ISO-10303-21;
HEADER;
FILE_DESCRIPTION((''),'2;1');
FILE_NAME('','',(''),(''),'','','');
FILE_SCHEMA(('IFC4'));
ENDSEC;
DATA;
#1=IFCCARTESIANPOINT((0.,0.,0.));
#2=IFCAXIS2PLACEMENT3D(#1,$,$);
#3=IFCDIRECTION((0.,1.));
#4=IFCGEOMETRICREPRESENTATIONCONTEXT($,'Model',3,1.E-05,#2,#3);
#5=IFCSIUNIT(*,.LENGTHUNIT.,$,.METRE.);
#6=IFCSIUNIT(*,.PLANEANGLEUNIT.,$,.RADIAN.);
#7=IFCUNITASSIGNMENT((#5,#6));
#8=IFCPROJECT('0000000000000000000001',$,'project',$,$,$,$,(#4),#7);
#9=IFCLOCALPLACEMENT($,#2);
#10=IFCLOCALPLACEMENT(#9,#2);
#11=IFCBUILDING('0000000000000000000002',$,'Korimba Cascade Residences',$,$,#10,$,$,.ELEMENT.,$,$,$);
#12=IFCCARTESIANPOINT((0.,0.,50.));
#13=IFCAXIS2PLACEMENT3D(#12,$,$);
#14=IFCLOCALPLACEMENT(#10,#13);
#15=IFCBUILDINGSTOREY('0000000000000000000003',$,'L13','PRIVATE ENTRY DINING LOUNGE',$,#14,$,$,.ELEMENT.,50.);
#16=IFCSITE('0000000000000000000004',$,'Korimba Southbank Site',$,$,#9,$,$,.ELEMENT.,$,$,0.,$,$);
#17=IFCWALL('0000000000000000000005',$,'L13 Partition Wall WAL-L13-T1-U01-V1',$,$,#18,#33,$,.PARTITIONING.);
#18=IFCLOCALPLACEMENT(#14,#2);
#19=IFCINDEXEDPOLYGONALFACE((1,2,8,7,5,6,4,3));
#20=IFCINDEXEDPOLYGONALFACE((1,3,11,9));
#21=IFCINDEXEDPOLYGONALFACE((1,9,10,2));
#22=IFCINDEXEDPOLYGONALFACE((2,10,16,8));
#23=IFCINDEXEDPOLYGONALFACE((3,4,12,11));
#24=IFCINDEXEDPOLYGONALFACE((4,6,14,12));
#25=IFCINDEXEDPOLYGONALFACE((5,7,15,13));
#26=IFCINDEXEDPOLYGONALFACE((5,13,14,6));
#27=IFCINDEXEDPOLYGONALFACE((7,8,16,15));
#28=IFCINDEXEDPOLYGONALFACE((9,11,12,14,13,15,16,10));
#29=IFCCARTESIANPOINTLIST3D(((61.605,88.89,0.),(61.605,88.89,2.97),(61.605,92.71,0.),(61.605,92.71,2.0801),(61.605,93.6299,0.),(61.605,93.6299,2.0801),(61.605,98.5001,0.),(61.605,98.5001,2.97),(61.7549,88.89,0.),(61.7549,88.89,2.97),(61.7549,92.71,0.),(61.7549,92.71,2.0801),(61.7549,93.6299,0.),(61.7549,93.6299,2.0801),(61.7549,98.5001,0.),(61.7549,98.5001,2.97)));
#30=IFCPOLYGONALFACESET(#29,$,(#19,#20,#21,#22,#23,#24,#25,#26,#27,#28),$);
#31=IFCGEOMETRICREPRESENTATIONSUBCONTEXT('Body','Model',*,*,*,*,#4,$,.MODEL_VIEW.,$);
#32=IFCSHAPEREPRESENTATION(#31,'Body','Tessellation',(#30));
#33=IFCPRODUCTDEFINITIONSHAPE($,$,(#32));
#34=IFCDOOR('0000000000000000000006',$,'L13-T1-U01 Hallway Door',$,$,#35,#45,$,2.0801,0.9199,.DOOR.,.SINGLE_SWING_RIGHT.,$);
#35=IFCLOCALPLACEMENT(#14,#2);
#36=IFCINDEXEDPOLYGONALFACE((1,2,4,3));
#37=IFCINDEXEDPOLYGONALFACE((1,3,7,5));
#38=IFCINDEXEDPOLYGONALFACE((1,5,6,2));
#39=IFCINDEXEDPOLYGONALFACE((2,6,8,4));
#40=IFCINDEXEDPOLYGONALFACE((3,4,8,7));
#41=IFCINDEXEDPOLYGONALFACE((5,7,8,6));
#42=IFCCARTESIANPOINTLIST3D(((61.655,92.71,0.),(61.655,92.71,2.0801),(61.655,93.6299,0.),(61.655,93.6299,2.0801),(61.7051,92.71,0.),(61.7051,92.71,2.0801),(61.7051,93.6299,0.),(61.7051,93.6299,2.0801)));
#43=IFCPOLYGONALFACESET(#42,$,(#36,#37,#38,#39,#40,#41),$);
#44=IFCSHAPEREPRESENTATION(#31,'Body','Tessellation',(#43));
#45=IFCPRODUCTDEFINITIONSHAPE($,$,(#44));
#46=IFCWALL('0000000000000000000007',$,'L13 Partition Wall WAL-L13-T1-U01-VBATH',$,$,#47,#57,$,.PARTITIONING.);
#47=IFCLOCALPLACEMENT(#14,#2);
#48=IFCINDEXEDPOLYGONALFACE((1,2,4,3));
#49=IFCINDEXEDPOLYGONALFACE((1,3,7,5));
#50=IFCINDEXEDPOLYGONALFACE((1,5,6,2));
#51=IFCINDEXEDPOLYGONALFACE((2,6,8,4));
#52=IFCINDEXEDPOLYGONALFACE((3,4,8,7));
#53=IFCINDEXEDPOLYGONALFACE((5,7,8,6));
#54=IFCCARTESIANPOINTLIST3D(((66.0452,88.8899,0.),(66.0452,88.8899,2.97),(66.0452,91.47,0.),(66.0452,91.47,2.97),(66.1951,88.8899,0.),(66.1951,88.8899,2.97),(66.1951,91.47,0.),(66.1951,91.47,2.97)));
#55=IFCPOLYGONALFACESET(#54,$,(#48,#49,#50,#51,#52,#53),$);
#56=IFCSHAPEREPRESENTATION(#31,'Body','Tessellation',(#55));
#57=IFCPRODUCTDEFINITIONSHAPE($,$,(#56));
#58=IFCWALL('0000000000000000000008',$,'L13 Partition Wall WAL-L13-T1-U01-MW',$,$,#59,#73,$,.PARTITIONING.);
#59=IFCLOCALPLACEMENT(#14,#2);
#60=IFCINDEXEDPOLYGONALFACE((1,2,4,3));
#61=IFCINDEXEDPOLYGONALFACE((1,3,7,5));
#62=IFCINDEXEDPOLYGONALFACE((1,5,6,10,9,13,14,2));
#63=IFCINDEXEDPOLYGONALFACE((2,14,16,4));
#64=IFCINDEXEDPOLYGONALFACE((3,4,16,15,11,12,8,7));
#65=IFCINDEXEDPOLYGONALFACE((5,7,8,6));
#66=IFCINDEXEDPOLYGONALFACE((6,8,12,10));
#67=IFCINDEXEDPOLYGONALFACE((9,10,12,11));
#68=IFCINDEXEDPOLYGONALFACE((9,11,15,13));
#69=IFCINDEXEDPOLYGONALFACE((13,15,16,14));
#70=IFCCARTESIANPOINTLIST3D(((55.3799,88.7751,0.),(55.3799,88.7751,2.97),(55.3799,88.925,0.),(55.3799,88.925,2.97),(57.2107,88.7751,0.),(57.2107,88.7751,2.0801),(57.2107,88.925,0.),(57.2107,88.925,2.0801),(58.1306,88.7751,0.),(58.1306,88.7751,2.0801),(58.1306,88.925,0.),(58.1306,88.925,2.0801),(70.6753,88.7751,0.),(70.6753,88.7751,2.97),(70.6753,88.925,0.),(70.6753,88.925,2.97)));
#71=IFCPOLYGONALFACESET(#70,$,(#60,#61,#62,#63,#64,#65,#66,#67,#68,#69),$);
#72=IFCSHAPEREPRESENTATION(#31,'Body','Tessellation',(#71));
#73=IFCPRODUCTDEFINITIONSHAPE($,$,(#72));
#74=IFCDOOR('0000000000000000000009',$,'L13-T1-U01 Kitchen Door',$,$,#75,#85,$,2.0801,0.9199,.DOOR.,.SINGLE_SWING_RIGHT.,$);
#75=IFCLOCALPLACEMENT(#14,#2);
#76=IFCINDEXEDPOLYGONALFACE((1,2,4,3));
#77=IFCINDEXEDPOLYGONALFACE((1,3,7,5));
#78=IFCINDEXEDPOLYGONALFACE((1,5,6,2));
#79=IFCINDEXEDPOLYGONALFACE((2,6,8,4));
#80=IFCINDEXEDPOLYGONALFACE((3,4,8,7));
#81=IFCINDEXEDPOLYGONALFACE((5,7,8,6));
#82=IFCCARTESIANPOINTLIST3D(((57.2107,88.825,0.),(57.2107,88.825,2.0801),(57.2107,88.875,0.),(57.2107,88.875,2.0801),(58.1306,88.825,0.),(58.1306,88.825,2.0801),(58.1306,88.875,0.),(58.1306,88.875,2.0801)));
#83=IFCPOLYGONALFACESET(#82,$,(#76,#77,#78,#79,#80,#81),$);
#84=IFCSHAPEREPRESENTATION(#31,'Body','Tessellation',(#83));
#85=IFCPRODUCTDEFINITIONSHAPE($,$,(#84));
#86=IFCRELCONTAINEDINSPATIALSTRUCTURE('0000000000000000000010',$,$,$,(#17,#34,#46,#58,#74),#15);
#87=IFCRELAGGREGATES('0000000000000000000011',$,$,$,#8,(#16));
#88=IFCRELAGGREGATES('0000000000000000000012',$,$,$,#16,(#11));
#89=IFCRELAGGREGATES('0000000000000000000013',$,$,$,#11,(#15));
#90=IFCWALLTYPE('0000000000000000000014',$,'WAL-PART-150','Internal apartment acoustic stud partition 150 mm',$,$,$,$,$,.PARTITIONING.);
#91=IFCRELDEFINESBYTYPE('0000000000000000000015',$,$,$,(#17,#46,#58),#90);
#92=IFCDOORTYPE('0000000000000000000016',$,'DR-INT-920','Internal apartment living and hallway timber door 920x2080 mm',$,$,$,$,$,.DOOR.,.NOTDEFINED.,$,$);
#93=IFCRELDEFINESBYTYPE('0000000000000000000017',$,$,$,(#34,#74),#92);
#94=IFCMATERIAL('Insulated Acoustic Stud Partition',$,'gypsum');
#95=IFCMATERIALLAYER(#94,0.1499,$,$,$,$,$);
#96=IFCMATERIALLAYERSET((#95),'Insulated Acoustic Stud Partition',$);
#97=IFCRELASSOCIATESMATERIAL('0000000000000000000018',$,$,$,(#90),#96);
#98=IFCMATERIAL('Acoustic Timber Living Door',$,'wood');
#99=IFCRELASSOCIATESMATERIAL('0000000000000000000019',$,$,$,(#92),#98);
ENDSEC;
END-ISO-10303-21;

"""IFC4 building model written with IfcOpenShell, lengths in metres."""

from ifc_helpers import new_model, si_unit, direction, frame, frame_2d, origin, place, context, subcontext, project, spatial, rectangle, extrude, material, layer, layer_set, type_object, element, fill, save


model = new_model("IFC4")

# Units and contexts
model_context = context("Model", 3, precision=1e-05, world=origin(), true_north=direction((0.0, 1.0)))
body_context = subcontext(model_context, "Body", "Model", "MODEL_VIEW")
ifc_project = project(units=[si_unit("LENGTHUNIT", "METRE"), si_unit("PLANEANGLEUNIT", "RADIAN")], contexts=[model_context])

# Site, building, storey
site_placement = place(None, origin())
site = spatial("IfcSite", under=ifc_project, at=site_placement, Name="Korimba Southbank Site", CompositionType="ELEMENT", RefElevation=0.0)
building_placement = place(site_placement, origin())
building = spatial("IfcBuilding", under=site, at=building_placement, Name="Korimba Cascade Residences", CompositionType="ELEMENT")
storey_placement = place(building_placement, frame((0.0, 0.0, 50.0)))
storey = spatial("IfcBuildingStorey", under=building, at=storey_placement, Name="L13", Description="PRIVATE ENTRY DINING LOUNGE", CompositionType="ELEMENT", Elevation=50.0)

# Wall, opening, door
ifc_material_1 = material(Name="Insulated Acoustic Stud Partition", Category="gypsum")
ifc_layer_1 = layer(ifc_material_1, 0.1499)
ifc_layer_set_1 = layer_set([ifc_layer_1], Name="Insulated Acoustic Stud Partition")
wall_type_1 = type_object("IfcWallType", Name="WAL-PART-150", Description="Internal apartment acoustic stud partition 150 mm", PredefinedType="PARTITIONING", material=ifc_layer_set_1)
wall_1_placement = place(storey_placement, frame((61.6799, 88.8899, 0.0), z_axis=(0.0, 0.0, 1.0), x_axis=(0.0, 1.0, 0.0)))
wall_1 = element("IfcWall", 1, at=wall_1_placement, inside=storey, type_object=wall_type_1, Name="L13 Partition Wall WAL-L13-T1-U01-V1", PredefinedType="PARTITIONING", context=body_context, shape_type="SweptSolid", body=[
    extrude(rectangle(XDim=9.6101, YDim=0.1499, at=frame_2d((4.8052, 0.0))), origin(), (0.0, 0.0, 1.0), 2.97),
])
opening_1_placement = place(wall_1_placement, frame((3.8201, 0.0, 0.0)))
opening_1 = element("IfcOpeningElement", 2, at=opening_1_placement, cuts=wall_1, PredefinedType="OPENING", context=body_context, shape_type="SweptSolid", body=[
    extrude(rectangle(XDim=0.9199, YDim=2.0801, at=frame_2d((0.46, 1.04))), frame((0.0, 0.085, 0.0), z_axis=(0.0, -1.0, 0.0), x_axis=(1.0, 0.0, 0.0)), (0.0, 0.0, 1.0), 0.1699),
])
ifc_material_2 = material(Name="Acoustic Timber Living Door", Category="wood")
door_type_1 = type_object("IfcDoorType", Name="DR-INT-920", Description="Internal apartment living and hallway timber door 920x2080 mm", OperationType="NOTDEFINED", PredefinedType="DOOR", material=ifc_material_2)
door_1_placement = place(opening_1_placement, origin())
door_1 = element("IfcDoor", 3, at=door_1_placement, inside=storey, type_object=door_type_1, Name="L13-T1-U01 Hallway Door", OperationType="SINGLE_SWING_RIGHT", OverallHeight=2.0801, OverallWidth=0.9199, PredefinedType="DOOR", context=body_context, shape_type="SweptSolid", body=[
    extrude(rectangle(XDim=0.9199, YDim=2.0801, at=frame_2d((0.46, 1.04))), frame((0.0, 0.0249, 0.0), z_axis=(0.0, -1.0, 0.0), x_axis=(1.0, 0.0, 0.0)), (0.0, 0.0, 1.0), 0.05),
])
fill(opening_1, door_1)

# Wall
wall_2_placement = place(storey_placement, frame((66.1201, 88.8899, 0.0), z_axis=(0.0, 0.0, 1.0), x_axis=(0.0, 1.0, 0.0)))
element("IfcWall", 4, at=wall_2_placement, inside=storey, type_object=wall_type_1, Name="L13 Partition Wall WAL-L13-T1-U01-VBATH", PredefinedType="PARTITIONING", context=body_context, shape_type="SweptSolid", body=[
    extrude(rectangle(XDim=2.5801, YDim=0.1499, at=frame_2d((1.29, 0.0))), origin(), (0.0, 0.0, 1.0), 2.97),
])

# Wall, opening, door
wall_3_placement = place(storey_placement, frame((55.3799, 88.8501, 0.0), z_axis=(0.0, 0.0, 1.0), x_axis=(1.0, 0.0, 0.0)))
wall_3 = element("IfcWall", 5, at=wall_3_placement, inside=storey, type_object=wall_type_1, Name="L13 Partition Wall WAL-L13-T1-U01-MW", PredefinedType="PARTITIONING", context=body_context, shape_type="SweptSolid", body=[
    extrude(rectangle(XDim=15.2954, YDim=0.1499, at=frame_2d((7.6477, 0.0))), origin(), (0.0, 0.0, 1.0), 2.97),
])
opening_2_placement = place(wall_3_placement, frame((1.8308, 0.0, 0.0)))
opening_2 = element("IfcOpeningElement", 6, at=opening_2_placement, cuts=wall_3, PredefinedType="OPENING", context=body_context, shape_type="SweptSolid", body=[
    extrude(rectangle(XDim=0.9199, YDim=2.0801, at=frame_2d((0.46, 1.04))), frame((0.0, 0.085, 0.0), z_axis=(0.0, -1.0, 0.0), x_axis=(1.0, 0.0, 0.0)), (0.0, 0.0, 1.0), 0.1699),
])
door_2_placement = place(opening_2_placement, origin())
door_2 = element("IfcDoor", 7, at=door_2_placement, inside=storey, type_object=door_type_1, Name="L13-T1-U01 Kitchen Door", OperationType="SINGLE_SWING_RIGHT", OverallHeight=2.0801, OverallWidth=0.9199, PredefinedType="DOOR", context=body_context, shape_type="SweptSolid", body=[
    extrude(rectangle(XDim=0.9199, YDim=2.0801, at=frame_2d((0.46, 1.04))), frame((0.0, 0.0249, 0.0), z_axis=(0.0, -1.0, 0.0), x_axis=(1.0, 0.0, 0.0)), (0.0, 0.0, 1.0), 0.05),
])
fill(opening_2, door_2)

save(model, "model.ifc")
